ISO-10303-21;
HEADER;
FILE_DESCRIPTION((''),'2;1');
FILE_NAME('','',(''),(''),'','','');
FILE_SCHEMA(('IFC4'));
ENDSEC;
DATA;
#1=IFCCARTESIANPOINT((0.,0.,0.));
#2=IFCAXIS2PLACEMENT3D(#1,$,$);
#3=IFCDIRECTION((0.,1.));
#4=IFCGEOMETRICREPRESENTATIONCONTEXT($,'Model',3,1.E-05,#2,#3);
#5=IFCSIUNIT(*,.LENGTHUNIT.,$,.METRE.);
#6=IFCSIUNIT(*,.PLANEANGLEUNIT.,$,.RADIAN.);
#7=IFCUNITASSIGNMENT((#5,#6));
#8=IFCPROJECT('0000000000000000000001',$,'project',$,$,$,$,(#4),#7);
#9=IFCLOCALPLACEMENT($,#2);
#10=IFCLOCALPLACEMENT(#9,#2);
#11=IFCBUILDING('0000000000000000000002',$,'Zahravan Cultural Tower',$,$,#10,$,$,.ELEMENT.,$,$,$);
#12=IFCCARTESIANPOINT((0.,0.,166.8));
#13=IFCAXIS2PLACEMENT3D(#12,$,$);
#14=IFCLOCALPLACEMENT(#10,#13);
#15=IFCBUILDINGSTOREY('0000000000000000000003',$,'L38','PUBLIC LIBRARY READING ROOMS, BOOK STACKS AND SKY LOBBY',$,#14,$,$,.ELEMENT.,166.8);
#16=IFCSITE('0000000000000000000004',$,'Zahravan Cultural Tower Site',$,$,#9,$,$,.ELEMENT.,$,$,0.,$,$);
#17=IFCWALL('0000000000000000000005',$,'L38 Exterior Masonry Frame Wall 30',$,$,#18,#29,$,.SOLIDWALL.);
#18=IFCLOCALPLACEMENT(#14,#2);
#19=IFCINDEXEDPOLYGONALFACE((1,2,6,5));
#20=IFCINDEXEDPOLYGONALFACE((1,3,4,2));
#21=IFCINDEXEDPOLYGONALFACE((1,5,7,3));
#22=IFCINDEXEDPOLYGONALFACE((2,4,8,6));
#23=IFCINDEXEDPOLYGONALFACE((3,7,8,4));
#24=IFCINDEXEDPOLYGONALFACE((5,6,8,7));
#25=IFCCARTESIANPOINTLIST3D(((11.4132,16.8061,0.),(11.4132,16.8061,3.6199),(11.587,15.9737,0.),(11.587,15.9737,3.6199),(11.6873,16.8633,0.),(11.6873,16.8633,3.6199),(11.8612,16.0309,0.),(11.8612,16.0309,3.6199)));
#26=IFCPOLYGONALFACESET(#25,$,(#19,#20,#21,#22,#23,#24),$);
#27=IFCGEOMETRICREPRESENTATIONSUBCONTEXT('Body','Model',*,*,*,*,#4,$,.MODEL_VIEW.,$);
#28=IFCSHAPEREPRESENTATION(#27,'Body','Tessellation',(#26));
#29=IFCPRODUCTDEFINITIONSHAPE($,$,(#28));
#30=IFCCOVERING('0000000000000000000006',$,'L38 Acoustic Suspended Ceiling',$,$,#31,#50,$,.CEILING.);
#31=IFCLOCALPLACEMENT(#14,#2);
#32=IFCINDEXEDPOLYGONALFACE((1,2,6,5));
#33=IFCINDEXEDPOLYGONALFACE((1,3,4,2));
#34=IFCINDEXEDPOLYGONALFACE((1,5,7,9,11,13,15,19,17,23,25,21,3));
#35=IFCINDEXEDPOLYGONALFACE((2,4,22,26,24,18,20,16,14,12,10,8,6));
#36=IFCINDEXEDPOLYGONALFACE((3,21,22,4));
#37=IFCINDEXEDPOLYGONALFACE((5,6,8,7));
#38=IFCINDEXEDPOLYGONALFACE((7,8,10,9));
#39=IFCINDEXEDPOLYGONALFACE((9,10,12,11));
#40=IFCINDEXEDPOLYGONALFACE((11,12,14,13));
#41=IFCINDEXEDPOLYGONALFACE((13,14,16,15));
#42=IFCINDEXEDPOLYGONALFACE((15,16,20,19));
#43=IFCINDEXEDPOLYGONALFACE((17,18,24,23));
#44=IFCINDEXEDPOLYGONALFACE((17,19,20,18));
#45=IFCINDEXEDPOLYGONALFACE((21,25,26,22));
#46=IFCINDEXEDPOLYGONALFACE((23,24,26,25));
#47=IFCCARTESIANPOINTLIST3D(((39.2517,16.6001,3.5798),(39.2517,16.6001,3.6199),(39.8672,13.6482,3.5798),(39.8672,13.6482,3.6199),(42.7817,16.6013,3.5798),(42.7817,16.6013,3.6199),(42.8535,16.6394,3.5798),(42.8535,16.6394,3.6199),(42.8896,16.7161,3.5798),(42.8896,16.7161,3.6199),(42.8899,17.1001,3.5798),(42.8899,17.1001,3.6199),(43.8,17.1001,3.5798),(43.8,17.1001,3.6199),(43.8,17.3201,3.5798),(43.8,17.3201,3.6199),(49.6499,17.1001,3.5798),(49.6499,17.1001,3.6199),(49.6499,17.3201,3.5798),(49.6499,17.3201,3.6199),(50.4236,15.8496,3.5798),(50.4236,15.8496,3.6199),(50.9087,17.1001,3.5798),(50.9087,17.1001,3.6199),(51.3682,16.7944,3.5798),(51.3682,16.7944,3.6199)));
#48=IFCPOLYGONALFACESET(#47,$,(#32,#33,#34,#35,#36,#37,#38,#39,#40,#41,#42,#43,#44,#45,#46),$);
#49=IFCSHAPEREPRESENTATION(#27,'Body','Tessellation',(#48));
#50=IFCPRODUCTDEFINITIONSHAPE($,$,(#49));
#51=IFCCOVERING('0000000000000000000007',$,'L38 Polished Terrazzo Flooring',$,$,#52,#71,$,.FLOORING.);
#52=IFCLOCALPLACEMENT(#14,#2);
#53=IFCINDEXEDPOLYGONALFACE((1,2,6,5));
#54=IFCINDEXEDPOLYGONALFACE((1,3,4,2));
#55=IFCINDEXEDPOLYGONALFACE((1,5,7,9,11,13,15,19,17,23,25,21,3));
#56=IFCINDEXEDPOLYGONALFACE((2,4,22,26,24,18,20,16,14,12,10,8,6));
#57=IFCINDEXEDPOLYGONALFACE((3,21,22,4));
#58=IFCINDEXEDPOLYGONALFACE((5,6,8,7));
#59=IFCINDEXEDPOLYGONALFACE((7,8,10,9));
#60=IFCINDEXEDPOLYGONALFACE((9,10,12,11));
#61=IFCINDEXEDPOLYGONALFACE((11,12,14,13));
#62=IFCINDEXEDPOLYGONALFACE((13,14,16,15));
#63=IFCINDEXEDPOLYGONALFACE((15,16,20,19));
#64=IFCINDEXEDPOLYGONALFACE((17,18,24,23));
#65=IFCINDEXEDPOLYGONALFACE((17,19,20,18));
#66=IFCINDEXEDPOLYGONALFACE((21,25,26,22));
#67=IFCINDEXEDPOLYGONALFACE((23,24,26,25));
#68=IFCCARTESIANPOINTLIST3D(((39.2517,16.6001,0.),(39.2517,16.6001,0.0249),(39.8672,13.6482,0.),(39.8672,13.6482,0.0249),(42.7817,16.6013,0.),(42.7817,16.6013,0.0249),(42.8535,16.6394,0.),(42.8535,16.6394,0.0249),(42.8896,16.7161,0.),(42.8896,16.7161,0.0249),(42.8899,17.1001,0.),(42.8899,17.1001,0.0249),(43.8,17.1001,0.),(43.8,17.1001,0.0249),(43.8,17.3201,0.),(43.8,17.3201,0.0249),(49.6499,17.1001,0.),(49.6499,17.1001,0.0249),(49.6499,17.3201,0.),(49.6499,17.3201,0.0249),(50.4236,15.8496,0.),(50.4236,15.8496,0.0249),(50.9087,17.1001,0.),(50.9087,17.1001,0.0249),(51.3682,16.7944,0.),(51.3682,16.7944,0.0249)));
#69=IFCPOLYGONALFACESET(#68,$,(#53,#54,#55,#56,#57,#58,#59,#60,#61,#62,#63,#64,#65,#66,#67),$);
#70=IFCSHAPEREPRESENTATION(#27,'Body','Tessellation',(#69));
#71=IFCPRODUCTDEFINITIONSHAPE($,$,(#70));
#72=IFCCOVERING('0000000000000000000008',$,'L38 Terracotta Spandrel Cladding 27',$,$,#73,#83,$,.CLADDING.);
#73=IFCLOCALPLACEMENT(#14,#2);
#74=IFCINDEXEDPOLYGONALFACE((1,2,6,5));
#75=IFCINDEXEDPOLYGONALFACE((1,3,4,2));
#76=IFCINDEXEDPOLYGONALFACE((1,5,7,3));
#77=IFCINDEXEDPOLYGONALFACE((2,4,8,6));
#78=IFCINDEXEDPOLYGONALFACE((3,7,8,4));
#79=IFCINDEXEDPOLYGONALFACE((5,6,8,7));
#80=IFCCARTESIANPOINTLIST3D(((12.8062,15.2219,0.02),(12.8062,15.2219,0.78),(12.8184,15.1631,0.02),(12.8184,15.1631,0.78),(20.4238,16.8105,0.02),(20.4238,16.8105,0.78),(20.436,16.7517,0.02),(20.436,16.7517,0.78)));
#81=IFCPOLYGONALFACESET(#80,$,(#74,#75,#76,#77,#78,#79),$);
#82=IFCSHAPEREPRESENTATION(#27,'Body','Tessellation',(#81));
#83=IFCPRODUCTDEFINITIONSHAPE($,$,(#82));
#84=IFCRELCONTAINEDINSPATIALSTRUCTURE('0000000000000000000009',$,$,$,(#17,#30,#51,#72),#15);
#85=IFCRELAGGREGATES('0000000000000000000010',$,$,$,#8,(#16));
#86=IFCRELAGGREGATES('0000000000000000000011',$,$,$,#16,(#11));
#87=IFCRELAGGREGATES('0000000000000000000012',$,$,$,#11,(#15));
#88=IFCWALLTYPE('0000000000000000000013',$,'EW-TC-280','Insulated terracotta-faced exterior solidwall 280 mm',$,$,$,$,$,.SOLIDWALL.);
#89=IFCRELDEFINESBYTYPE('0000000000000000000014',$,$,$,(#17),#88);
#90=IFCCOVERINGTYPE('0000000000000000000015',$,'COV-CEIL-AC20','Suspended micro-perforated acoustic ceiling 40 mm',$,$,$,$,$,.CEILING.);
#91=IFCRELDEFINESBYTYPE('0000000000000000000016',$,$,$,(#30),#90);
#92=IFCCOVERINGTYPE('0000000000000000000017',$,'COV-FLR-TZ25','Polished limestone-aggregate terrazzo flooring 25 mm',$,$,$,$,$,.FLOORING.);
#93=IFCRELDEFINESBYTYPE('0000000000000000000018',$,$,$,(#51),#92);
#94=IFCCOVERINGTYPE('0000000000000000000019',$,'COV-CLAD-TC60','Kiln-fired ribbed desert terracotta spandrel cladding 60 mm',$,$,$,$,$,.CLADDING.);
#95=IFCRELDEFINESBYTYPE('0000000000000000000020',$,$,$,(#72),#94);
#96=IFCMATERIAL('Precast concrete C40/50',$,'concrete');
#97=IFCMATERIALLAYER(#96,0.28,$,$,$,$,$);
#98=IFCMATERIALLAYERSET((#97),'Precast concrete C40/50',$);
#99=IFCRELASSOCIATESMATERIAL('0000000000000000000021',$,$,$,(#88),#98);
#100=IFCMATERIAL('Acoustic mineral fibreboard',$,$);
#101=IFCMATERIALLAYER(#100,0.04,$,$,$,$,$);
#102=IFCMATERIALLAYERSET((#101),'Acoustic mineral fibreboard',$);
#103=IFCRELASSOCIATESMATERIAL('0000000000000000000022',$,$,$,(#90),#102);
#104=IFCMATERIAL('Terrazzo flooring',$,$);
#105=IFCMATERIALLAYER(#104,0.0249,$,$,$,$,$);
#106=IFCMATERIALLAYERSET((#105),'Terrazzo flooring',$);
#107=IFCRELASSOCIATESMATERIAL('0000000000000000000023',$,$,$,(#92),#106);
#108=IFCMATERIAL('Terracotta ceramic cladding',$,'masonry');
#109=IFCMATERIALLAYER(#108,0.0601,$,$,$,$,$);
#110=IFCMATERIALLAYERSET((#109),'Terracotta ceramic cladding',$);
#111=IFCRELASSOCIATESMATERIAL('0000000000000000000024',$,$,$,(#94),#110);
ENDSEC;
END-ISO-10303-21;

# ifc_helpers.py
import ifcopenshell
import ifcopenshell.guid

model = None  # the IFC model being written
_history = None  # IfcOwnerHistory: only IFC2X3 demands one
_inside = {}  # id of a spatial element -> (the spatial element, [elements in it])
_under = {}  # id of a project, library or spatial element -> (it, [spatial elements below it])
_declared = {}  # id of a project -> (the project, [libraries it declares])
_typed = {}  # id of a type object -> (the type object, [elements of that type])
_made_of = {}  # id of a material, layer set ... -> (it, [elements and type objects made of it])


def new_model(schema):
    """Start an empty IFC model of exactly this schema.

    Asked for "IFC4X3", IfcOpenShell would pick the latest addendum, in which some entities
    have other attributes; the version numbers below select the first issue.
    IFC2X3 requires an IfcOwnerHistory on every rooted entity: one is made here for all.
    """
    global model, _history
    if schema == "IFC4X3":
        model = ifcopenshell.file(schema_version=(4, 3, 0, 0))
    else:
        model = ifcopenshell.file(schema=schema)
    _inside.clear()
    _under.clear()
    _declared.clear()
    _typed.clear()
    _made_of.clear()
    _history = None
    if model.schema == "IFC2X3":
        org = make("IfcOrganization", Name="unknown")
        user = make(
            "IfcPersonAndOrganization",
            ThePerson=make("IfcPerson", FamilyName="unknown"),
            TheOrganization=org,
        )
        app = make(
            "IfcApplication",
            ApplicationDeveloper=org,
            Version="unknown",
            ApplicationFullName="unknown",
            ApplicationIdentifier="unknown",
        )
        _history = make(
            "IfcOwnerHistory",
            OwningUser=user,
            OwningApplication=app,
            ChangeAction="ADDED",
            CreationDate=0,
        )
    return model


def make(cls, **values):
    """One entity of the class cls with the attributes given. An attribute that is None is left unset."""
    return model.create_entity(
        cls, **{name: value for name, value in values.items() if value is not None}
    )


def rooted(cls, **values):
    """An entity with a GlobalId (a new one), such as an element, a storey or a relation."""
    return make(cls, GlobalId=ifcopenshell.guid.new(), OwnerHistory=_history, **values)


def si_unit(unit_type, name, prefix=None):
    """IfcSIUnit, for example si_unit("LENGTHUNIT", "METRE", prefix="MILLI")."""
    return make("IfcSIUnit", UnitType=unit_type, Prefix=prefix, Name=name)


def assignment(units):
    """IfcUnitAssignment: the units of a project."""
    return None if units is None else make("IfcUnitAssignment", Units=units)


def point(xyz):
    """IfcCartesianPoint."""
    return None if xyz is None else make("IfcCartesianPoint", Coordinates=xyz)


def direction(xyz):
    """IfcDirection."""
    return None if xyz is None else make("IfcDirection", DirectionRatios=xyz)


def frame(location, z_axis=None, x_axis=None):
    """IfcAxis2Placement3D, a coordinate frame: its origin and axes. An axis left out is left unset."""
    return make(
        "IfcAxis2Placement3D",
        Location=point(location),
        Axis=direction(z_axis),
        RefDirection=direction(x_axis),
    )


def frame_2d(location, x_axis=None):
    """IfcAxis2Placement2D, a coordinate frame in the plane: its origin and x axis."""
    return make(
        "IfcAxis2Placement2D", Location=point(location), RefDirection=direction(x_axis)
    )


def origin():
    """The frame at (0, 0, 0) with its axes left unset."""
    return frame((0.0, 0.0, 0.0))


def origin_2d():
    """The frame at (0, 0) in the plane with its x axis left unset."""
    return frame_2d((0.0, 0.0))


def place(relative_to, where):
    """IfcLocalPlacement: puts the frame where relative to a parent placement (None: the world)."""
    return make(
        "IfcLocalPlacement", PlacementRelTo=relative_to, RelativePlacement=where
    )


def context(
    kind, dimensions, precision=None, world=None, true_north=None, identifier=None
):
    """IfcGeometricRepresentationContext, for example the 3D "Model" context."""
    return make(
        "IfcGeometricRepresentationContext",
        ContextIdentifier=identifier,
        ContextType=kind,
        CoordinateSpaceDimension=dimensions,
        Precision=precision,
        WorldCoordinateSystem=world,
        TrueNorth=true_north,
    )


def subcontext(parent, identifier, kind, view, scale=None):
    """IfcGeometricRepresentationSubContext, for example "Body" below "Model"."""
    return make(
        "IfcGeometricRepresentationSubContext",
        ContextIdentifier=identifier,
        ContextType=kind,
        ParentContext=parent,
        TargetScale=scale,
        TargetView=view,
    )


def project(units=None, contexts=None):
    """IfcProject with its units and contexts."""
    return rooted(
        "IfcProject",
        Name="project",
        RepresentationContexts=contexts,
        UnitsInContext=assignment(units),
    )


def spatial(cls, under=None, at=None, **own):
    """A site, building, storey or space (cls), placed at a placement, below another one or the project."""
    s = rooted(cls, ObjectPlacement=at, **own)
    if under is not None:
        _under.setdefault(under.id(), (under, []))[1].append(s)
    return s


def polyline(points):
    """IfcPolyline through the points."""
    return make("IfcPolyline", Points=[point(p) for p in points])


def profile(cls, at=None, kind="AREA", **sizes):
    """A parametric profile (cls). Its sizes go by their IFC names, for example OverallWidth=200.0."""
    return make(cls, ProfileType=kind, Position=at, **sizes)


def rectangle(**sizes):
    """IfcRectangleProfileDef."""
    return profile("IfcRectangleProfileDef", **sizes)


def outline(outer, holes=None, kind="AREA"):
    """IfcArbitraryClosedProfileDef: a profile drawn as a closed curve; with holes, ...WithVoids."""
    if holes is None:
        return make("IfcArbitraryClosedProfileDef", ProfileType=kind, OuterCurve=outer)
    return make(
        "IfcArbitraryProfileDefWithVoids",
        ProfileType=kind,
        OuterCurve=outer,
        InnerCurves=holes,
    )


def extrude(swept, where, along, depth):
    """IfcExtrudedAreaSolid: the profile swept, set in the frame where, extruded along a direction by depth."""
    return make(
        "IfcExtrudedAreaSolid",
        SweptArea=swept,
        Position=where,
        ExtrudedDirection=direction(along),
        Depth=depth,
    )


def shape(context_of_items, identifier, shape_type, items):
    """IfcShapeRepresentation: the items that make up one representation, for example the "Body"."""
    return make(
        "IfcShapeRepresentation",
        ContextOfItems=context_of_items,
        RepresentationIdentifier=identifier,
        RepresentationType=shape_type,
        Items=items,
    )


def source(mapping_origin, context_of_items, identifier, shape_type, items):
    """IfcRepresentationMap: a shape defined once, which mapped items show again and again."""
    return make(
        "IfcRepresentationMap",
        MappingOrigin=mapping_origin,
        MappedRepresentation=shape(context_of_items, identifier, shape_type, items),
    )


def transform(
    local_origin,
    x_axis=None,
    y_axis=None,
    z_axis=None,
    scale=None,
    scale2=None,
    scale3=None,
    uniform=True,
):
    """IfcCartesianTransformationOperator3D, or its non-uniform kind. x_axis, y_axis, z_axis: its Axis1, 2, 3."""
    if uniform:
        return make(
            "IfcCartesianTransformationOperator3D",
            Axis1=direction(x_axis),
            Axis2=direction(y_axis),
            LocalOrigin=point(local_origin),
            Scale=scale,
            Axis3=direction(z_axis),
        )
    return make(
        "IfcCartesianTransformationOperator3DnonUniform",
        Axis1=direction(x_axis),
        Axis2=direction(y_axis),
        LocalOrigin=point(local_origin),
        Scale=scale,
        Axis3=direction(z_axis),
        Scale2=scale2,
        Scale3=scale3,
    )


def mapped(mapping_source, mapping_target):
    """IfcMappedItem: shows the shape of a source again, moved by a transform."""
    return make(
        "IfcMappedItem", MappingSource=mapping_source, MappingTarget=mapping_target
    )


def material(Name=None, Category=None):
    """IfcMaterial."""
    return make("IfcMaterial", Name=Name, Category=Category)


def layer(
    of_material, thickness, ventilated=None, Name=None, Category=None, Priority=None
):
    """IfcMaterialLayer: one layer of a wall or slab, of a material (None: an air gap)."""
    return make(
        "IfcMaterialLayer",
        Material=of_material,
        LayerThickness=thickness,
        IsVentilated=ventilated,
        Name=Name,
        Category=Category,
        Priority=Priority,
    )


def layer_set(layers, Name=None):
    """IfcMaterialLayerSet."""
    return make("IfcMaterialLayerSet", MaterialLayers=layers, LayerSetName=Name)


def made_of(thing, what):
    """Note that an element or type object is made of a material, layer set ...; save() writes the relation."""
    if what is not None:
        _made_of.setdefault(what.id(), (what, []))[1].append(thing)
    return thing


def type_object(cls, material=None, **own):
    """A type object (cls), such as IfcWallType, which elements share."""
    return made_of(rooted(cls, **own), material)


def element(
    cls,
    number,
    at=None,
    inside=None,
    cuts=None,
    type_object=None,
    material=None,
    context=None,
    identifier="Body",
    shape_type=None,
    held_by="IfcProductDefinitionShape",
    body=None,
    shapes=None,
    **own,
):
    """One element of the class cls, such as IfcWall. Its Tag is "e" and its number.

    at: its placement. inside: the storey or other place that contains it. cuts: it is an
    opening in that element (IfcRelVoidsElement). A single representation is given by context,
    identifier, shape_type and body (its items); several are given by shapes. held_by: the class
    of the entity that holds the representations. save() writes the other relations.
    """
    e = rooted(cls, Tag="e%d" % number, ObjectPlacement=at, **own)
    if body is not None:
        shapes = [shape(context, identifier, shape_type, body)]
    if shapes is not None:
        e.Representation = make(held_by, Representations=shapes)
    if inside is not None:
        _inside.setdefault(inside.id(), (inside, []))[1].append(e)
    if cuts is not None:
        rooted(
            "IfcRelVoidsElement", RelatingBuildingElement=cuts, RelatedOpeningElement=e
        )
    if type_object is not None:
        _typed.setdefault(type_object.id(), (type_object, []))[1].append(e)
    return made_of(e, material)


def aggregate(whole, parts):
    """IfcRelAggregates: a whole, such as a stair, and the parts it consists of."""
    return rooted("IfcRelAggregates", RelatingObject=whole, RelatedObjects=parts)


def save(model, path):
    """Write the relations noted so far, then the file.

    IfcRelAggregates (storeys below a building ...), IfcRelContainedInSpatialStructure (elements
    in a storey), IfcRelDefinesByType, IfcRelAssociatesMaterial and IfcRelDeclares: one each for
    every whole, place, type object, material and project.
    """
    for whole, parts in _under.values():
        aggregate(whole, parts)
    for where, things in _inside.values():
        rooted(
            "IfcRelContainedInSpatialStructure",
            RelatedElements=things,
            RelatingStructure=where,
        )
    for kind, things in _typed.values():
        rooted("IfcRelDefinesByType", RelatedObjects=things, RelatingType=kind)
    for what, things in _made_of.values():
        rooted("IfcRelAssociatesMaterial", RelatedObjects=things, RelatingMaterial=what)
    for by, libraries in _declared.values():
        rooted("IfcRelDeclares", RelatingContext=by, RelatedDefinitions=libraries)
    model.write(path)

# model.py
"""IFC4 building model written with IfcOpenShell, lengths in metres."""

from ifc_helpers import new_model, si_unit, direction, frame, frame_2d, origin, origin_2d, place, context, subcontext, project, spatial, polyline, rectangle, outline, extrude, source, transform, mapped, material, layer, layer_set, type_object, element, save


model = new_model("IFC4")

# Units and contexts
model_context = context("Model", 3, precision=1e-05, world=origin(), true_north=direction((0.0, 1.0)))
body_context = subcontext(model_context, "Body", "Model", "MODEL_VIEW")
ifc_project = project(units=[si_unit("LENGTHUNIT", "METRE"), si_unit("PLANEANGLEUNIT", "RADIAN")], contexts=[model_context])

# Site, building, storey
site_placement = place(None, origin())
site = spatial("IfcSite", under=ifc_project, at=site_placement, Name="Zahravan Cultural Tower Site", CompositionType="ELEMENT", RefElevation=0.0)
building_placement = place(site_placement, origin())
building = spatial("IfcBuilding", under=site, at=building_placement, Name="Zahravan Cultural Tower", CompositionType="ELEMENT")
storey_placement = place(building_placement, frame((0.0, 0.0, 166.8)))
storey = spatial("IfcBuildingStorey", under=building, at=storey_placement, Name="L38", Description="PUBLIC LIBRARY READING ROOMS, BOOK STACKS AND SKY LOBBY", CompositionType="ELEMENT", Elevation=166.8)

# Shared definitions
ifc_material_1 = material(Name="Precast concrete C40/50", Category="concrete")
ifc_layer_1 = layer(ifc_material_1, 0.28)
ifc_layer_set_1 = layer_set([ifc_layer_1], Name="Precast concrete C40/50")
wall_type_1 = type_object("IfcWallType", Name="EW-TC-280", Description="Insulated terracotta-faced exterior solidwall 280 mm", PredefinedType="SOLIDWALL", material=ifc_layer_set_1)

# Wall
shared_shape_1 = source(origin(), body_context, "Body", "SweptSolid", [
    extrude(rectangle(XDim=0.8503, YDim=0.28, at=frame_2d((0.4253, 0.0))), origin(), (0.0, 0.0, 1.0), 3.6199),
])
wall_1_placement = place(storey_placement, frame((11.7241, 16.0022, 0.0), z_axis=(0.0, 0.0, 1.0), x_axis=(-0.204447, 0.978878, 0.0)))
element("IfcWall", 1, at=wall_1_placement, inside=storey, type_object=wall_type_1, Name="L38 Exterior Masonry Frame Wall 30", PredefinedType="SOLIDWALL", context=body_context, shape_type="MappedRepresentation", body=[
    mapped(shared_shape_1, transform((0.0, 0.0, 0.0), x_axis=(1.0, 0.0, 0.0), y_axis=(0.0, 1.0, 0.0), z_axis=(0.0, 0.0, 1.0), scale=1.0)),
])

# Coverings
ifc_material_2 = material(Name="Acoustic mineral fibreboard")
ifc_layer_2 = layer(ifc_material_2, 0.04)
ifc_layer_set_2 = layer_set([ifc_layer_2], Name="Acoustic mineral fibreboard")
covering_type_1 = type_object("IfcCoveringType", Name="COV-CEIL-AC20", Description="Suspended micro-perforated acoustic ceiling 40 mm", PredefinedType="CEILING", material=ifc_layer_set_2)
covering_1_placement = place(storey_placement, frame((0.0, 0.0, 3.5798)))
element("IfcCovering", 2, at=covering_1_placement, inside=storey, type_object=covering_type_1, Name="L38 Acoustic Suspended Ceiling", PredefinedType="CEILING", context=body_context, shape_type="SweptSolid", body=[
    extrude(outline(polyline([(50.4236, 15.8496), (51.3682, 16.7944), (50.9087, 17.1001), (49.6499, 17.1001), (49.6499, 17.3201), (43.8, 17.3201), (43.8, 17.1001), (42.8899, 17.1001), (42.8896, 16.7161), (42.8535, 16.6394), (42.7817, 16.6013), (39.2517, 16.6001), (39.8672, 13.6482), (50.4236, 15.8496)])), origin(), (0.0, 0.0, 1.0), 0.04),
])
ifc_material_3 = material(Name="Terrazzo flooring")
ifc_layer_3 = layer(ifc_material_3, 0.0249)
ifc_layer_set_3 = layer_set([ifc_layer_3], Name="Terrazzo flooring")
covering_type_2 = type_object("IfcCoveringType", Name="COV-FLR-TZ25", Description="Polished limestone-aggregate terrazzo flooring 25 mm", PredefinedType="FLOORING", material=ifc_layer_set_3)
covering_2_placement = place(storey_placement, origin())
element("IfcCovering", 3, at=covering_2_placement, inside=storey, type_object=covering_type_2, Name="L38 Polished Terrazzo Flooring", PredefinedType="FLOORING", context=body_context, shape_type="SweptSolid", body=[
    extrude(outline(polyline([(50.4236, 15.8496), (51.3682, 16.7944), (50.9087, 17.1001), (49.6499, 17.1001), (49.6499, 17.3201), (43.8, 17.3201), (43.8, 17.1001), (42.8899, 17.1001), (42.8896, 16.7161), (42.8535, 16.6394), (42.7817, 16.6013), (39.2517, 16.6001), (39.8672, 13.6482), (50.4236, 15.8496)])), origin(), (0.0, 0.0, 1.0), 0.0249),
])
ifc_material_4 = material(Name="Terracotta ceramic cladding", Category="masonry")
ifc_layer_4 = layer(ifc_material_4, 0.0601)
ifc_layer_set_4 = layer_set([ifc_layer_4], Name="Terracotta ceramic cladding")
covering_type_3 = type_object("IfcCoveringType", Name="COV-CLAD-TC60", Description="Kiln-fired ribbed desert terracotta spandrel cladding 60 mm", PredefinedType="CLADDING", material=ifc_layer_set_4)
shared_shape_2 = source(origin(), body_context, "Body", "SweptSolid", [
    extrude(rectangle(XDim=7.7815, YDim=0.0601, at=origin_2d()), origin(), (0.0, 0.0, 1.0), 0.76),
])
covering_3_placement = place(storey_placement, frame((16.6211, 15.9868, 0.02), z_axis=(0.0, 0.0, 1.0), x_axis=(-0.978939, -0.204154, 0.0)))
element("IfcCovering", 4, at=covering_3_placement, inside=storey, type_object=covering_type_3, Name="L38 Terracotta Spandrel Cladding 27", PredefinedType="CLADDING", context=body_context, shape_type="MappedRepresentation", body=[
    mapped(shared_shape_2, transform((0.0, 0.0, 0.0), x_axis=(1.0, 0.0, 0.0), y_axis=(0.0, 1.0, 0.0), z_axis=(0.0, 0.0, 1.0), scale=1.0)),
])

save(model, "model.ifc")
